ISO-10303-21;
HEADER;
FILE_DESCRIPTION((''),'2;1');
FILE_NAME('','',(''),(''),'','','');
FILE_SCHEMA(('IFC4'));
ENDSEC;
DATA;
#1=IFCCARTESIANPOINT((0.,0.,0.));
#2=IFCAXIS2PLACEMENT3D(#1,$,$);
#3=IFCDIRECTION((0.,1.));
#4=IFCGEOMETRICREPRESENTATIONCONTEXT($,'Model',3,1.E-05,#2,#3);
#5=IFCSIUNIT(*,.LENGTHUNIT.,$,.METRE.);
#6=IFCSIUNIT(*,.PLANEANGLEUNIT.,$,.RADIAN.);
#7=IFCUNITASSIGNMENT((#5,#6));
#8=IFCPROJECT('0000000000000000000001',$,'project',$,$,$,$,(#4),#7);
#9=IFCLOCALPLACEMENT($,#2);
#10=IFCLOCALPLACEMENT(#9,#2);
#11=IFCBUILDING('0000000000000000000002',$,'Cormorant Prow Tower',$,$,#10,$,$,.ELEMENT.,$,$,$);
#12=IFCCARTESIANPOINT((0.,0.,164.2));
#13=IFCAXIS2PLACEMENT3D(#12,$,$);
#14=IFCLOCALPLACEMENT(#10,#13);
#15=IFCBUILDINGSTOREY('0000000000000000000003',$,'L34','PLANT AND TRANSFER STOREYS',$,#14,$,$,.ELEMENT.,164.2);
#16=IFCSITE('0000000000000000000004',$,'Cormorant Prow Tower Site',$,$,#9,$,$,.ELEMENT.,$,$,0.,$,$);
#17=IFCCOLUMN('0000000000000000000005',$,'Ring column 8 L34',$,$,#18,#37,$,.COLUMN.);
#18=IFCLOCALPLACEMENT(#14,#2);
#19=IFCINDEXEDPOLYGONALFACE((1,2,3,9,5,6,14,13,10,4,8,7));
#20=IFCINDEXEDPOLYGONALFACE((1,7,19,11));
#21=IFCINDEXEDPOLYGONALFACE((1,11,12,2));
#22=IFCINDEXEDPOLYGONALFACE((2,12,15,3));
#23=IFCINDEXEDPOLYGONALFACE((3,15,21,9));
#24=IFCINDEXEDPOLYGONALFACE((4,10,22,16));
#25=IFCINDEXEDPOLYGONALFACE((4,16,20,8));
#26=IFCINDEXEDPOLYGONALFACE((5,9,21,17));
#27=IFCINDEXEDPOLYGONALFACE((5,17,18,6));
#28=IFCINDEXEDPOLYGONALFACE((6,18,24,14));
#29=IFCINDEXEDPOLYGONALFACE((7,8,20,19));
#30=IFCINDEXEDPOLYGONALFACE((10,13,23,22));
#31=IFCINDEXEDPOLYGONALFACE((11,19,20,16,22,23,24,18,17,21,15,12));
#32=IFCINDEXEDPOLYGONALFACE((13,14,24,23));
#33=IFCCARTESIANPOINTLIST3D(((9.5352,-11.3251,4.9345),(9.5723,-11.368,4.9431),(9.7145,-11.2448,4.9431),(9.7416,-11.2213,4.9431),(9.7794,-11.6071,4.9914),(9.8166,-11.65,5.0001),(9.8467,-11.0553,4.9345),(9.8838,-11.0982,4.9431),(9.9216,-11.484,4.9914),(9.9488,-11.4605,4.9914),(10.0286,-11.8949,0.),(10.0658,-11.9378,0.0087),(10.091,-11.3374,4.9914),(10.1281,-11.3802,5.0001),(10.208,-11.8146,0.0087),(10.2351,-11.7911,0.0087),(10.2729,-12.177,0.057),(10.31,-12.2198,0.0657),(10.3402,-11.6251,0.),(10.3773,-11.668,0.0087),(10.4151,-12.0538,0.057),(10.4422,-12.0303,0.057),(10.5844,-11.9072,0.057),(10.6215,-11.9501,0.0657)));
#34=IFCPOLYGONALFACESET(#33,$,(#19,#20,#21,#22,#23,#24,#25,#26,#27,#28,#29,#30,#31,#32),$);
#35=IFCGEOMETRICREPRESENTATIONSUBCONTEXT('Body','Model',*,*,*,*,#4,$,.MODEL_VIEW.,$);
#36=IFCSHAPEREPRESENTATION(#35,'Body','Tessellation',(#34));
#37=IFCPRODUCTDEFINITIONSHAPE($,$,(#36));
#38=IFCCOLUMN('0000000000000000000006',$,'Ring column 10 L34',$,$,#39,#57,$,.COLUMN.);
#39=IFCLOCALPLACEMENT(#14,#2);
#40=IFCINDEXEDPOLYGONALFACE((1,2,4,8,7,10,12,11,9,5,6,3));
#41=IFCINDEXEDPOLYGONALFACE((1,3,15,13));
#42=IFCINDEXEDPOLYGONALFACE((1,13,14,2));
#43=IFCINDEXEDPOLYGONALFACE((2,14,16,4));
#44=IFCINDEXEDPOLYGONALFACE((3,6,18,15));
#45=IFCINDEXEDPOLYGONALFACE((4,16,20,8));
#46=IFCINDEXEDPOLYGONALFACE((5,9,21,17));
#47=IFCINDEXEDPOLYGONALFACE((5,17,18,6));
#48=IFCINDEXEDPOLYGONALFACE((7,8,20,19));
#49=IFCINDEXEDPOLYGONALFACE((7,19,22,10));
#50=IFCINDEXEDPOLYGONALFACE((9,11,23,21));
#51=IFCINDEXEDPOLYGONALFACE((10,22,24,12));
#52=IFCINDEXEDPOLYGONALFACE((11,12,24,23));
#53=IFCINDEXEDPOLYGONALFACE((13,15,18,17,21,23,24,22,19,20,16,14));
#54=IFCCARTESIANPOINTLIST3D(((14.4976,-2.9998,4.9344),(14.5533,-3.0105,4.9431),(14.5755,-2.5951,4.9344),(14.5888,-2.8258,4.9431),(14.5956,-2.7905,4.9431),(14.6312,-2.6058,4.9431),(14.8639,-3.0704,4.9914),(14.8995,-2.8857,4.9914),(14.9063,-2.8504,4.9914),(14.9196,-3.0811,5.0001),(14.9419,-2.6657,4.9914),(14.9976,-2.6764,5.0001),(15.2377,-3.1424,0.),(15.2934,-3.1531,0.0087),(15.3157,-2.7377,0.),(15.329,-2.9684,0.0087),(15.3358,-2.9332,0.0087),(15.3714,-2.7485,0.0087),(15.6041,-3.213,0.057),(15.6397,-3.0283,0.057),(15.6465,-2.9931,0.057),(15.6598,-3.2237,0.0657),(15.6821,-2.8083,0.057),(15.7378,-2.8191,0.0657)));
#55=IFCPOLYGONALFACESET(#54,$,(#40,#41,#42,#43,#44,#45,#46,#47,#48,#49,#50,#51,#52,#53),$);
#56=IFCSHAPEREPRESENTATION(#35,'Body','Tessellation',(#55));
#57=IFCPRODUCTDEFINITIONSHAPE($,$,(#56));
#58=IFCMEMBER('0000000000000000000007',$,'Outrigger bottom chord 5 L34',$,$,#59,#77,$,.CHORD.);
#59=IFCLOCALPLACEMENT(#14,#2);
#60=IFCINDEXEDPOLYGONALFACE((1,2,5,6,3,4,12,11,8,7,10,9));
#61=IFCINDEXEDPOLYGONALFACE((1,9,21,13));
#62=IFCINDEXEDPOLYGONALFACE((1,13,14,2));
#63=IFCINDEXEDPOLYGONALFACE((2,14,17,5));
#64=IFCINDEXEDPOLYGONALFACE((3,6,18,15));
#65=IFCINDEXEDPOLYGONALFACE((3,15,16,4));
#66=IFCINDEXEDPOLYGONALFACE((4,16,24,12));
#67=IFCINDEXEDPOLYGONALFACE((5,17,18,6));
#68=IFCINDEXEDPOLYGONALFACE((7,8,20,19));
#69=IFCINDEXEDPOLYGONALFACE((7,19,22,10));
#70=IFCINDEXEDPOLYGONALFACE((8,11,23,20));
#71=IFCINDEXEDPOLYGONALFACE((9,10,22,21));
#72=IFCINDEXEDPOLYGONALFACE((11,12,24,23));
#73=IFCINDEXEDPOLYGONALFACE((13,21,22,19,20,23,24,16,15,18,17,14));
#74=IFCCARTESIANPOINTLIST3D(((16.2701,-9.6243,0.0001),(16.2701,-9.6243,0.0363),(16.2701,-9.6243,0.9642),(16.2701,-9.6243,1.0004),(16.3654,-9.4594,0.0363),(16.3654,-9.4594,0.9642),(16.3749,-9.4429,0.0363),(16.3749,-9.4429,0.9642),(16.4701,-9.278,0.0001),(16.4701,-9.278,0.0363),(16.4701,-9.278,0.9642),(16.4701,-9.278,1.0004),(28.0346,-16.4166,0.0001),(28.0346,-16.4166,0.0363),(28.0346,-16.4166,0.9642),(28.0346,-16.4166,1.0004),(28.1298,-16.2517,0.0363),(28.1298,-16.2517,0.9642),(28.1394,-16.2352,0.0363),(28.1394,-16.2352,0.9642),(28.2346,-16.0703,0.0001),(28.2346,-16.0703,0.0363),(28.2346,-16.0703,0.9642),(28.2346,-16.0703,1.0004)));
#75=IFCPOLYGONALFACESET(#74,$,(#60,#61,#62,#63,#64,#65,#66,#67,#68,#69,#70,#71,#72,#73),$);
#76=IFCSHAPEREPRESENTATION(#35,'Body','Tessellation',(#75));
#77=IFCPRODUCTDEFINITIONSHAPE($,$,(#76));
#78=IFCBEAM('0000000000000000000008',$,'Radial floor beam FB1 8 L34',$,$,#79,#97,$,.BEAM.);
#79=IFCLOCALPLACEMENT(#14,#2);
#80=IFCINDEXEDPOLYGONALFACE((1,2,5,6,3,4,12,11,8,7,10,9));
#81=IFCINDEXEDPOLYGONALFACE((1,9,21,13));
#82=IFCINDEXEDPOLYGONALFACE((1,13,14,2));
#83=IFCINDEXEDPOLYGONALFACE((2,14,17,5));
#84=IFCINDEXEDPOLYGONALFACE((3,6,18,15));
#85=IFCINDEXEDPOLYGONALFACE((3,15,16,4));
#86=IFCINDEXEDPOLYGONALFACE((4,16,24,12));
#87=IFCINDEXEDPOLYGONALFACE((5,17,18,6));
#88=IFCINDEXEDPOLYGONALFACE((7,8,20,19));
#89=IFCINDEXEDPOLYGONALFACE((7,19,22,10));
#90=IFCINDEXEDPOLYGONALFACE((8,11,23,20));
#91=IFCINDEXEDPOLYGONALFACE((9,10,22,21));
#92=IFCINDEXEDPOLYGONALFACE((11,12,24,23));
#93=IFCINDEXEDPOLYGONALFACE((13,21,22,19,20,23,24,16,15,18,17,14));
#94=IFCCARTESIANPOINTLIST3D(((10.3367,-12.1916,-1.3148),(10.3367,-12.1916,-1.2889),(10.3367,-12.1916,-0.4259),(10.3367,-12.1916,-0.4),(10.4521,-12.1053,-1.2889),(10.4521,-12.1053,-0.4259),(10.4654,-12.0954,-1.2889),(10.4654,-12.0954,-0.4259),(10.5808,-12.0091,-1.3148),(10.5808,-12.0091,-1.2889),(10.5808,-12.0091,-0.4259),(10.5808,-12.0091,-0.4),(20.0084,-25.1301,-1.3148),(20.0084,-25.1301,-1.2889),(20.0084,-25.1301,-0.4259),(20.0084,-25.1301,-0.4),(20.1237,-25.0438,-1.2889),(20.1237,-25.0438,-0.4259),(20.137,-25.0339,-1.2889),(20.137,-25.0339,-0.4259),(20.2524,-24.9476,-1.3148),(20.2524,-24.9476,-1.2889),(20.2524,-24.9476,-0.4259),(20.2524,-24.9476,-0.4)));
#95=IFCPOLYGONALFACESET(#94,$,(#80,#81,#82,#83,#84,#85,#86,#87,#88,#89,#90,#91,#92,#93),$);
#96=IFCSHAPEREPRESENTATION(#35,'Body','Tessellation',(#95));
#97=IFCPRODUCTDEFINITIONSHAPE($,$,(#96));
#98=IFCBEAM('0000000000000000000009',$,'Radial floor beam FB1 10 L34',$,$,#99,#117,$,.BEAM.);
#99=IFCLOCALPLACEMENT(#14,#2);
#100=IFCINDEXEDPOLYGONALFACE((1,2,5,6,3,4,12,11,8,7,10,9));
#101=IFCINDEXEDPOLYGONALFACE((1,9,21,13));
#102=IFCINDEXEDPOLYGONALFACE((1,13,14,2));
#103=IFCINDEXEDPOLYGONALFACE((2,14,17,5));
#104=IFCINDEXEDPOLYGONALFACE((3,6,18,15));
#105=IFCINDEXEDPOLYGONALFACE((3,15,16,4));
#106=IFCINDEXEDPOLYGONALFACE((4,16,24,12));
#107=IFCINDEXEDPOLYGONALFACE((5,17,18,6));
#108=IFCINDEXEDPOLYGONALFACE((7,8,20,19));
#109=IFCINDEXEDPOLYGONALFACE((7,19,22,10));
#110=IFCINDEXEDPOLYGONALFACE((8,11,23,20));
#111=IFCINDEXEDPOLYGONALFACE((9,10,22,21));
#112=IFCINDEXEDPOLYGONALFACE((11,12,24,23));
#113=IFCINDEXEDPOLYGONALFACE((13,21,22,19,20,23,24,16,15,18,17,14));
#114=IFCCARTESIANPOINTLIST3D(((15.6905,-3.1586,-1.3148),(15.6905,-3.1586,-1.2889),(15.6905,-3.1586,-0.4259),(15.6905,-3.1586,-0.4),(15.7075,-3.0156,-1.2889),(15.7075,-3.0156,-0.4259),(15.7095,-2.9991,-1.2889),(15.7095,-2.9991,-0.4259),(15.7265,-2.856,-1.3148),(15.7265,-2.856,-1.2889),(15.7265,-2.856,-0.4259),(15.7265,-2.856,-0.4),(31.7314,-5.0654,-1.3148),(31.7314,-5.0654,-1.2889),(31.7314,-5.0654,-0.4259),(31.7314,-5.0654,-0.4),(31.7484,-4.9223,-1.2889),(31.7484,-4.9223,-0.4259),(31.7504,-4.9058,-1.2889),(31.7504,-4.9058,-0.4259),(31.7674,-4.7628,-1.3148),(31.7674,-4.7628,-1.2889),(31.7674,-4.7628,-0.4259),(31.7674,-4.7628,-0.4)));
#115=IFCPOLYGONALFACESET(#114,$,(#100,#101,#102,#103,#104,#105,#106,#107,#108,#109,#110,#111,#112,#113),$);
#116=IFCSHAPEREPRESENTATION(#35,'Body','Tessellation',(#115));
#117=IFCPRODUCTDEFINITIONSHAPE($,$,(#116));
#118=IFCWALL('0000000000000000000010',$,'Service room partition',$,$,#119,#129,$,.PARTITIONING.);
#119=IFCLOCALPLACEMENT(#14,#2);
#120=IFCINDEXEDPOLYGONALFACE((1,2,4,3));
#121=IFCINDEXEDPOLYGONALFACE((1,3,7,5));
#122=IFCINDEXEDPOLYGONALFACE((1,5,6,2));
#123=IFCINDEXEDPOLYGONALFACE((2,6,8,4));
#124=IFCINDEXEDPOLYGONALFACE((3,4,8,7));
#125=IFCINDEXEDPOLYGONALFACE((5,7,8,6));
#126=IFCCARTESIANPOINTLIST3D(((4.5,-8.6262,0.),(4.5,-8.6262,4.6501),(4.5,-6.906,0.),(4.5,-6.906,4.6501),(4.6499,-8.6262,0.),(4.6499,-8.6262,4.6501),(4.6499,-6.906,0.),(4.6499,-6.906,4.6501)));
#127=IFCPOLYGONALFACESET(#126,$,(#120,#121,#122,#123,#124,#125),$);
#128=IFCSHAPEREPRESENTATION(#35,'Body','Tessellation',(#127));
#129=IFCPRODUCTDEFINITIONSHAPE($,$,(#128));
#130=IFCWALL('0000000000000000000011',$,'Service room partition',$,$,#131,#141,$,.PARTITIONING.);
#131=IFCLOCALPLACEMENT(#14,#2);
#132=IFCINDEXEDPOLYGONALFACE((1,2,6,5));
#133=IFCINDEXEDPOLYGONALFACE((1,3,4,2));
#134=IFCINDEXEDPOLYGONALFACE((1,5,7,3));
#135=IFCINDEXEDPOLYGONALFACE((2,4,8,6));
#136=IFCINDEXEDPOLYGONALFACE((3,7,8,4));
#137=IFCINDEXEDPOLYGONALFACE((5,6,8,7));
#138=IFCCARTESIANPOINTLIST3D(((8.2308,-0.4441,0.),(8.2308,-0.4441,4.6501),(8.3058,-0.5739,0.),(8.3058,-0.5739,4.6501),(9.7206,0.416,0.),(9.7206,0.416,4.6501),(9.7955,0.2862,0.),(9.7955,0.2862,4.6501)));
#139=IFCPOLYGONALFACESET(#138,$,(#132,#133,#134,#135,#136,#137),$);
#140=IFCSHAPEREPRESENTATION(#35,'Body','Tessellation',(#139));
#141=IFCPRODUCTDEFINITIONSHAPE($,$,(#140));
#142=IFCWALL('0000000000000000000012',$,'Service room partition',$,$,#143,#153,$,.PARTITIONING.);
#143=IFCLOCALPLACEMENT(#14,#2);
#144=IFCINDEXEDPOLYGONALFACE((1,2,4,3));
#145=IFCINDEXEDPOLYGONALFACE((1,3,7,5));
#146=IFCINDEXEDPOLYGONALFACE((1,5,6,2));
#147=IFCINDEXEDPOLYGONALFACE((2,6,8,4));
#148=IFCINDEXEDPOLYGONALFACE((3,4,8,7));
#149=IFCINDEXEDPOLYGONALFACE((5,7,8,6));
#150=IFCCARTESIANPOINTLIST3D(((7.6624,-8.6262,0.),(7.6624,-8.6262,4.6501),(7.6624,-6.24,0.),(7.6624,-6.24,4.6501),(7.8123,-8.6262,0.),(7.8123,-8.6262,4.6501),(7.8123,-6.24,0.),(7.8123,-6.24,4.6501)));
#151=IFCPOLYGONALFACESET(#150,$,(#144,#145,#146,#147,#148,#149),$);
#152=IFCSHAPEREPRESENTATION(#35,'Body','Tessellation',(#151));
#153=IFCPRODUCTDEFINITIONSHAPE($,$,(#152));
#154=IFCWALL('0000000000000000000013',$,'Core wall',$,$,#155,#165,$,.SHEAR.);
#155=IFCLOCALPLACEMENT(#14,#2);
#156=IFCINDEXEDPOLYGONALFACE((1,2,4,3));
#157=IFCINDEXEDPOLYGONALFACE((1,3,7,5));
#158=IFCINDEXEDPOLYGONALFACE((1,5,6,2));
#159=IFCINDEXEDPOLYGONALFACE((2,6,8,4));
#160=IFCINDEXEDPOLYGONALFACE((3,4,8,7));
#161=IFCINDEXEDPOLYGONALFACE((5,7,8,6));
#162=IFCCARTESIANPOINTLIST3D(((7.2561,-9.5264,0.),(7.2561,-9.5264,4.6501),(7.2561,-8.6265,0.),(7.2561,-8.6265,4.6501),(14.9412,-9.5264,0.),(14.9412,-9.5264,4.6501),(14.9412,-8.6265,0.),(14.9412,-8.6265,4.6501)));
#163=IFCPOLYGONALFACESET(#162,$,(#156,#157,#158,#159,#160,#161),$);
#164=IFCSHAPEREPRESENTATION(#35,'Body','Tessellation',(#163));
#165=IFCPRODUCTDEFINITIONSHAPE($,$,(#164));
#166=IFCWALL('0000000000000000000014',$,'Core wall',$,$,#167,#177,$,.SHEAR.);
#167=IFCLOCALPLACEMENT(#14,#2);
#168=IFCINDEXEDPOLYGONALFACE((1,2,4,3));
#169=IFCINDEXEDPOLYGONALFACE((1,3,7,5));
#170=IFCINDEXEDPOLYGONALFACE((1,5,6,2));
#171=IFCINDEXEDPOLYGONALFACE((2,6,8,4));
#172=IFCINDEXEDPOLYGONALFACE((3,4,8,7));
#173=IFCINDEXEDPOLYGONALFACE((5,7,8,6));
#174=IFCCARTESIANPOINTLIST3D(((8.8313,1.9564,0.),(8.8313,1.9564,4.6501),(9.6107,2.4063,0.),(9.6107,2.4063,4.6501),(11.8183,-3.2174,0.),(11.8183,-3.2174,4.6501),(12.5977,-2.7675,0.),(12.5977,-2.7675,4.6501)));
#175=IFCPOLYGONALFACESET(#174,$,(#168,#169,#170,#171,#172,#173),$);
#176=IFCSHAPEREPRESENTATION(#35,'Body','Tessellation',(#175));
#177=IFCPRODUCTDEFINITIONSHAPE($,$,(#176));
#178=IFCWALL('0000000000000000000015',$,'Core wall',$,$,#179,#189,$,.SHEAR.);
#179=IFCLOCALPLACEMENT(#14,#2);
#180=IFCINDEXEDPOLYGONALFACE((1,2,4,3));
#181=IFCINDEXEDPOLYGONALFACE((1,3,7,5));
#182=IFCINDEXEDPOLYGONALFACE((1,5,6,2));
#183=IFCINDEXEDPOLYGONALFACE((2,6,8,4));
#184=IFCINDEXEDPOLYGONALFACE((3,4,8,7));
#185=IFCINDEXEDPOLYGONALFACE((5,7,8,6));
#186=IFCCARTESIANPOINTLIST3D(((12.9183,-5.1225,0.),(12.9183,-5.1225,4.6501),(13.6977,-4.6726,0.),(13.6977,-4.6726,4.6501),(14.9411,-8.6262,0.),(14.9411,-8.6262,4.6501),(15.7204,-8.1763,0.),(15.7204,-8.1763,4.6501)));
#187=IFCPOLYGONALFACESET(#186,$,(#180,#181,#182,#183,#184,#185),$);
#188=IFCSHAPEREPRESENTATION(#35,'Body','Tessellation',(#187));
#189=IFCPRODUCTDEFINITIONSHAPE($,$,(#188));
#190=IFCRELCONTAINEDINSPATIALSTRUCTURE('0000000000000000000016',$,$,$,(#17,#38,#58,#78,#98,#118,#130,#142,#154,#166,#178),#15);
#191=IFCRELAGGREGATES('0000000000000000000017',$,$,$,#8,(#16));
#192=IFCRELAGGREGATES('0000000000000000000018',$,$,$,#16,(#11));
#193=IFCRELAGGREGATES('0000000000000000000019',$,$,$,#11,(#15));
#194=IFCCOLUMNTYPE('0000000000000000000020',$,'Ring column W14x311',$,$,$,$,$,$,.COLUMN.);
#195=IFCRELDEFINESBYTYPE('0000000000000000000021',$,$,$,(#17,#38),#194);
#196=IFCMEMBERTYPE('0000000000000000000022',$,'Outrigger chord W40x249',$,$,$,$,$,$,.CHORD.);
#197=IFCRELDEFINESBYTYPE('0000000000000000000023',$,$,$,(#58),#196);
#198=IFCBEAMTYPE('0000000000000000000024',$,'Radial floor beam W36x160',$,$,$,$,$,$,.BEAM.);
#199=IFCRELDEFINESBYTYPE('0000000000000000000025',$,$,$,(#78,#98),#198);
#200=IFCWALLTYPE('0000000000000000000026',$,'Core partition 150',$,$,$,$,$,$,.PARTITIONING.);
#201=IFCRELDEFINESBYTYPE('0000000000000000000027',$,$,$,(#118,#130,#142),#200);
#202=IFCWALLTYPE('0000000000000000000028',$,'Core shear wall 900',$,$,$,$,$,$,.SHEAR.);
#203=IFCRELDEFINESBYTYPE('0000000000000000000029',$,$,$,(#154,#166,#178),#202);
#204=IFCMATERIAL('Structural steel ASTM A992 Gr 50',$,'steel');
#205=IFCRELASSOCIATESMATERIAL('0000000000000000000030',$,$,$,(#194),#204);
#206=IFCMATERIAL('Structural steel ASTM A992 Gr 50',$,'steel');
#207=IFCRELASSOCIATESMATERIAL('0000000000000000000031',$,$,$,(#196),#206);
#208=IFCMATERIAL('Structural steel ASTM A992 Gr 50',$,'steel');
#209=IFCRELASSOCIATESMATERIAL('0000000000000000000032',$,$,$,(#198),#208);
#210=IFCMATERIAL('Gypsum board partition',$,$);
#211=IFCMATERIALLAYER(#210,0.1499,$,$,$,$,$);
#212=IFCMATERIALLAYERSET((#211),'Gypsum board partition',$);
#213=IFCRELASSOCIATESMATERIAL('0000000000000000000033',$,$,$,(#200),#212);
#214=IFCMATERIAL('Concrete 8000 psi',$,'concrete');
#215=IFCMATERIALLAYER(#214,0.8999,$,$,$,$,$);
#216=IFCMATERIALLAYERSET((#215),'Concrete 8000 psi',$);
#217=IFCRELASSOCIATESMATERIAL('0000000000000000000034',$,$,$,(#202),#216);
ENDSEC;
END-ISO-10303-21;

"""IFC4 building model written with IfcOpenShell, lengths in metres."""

from ifc_helpers import new_model, si_unit, direction, frame, frame_2d, origin, origin_2d, place, context, subcontext, project, spatial, rectangle, i_section, extrude, material, layer, layer_set, material_profile, profile_set, type_object, element, save


model = new_model("IFC4")

# Units and contexts
model_context = context("Model", 3, precision=1e-05, world=origin(), true_north=direction((0.0, 1.0)))
body_context = subcontext(model_context, "Body", "Model", "MODEL_VIEW")
ifc_project = project(units=[si_unit("LENGTHUNIT", "METRE"), si_unit("PLANEANGLEUNIT", "RADIAN")], contexts=[model_context])

# Site, building, storey
site_placement = place(None, origin())
site = spatial("IfcSite", under=ifc_project, at=site_placement, Name="Cormorant Prow Tower Site", CompositionType="ELEMENT", RefElevation=0.0)
building_placement = place(site_placement, origin())
building = spatial("IfcBuilding", under=site, at=building_placement, Name="Cormorant Prow Tower", CompositionType="ELEMENT")
storey_placement = place(building_placement, frame((0.0, 0.0, 164.2)))
storey = spatial("IfcBuildingStorey", under=building, at=storey_placement, Name="L34", Description="PLANT AND TRANSFER STOREYS", CompositionType="ELEMENT", Elevation=164.2)

# Columns
ifc_material_1 = material(Name="Structural steel ASTM A992 Gr 50", Category="steel")
ifc_material_profile_1 = material_profile(ifc_material_1, i_section(OverallWidth=0.4121, OverallDepth=0.4348, WebThickness=0.0359, FlangeThickness=0.0574, at=origin_2d()), Name="W14x311")
ifc_profile_set_1 = profile_set([ifc_material_profile_1], Name="Structural steel ASTM A992 Gr 50")
column_type = type_object("IfcColumnType", Name="Ring column W14x311", PredefinedType="COLUMN", material=ifc_profile_set_1)
for number, where, z_axis, x_axis, name in (
    (1, (10.3284, -11.9263, 0.0), (-0.098853, 0.114154, 0.988533), (-0.755953, -0.654626, 0.0), "Ring column 8 L34"),
    (2, (15.4927, -2.9817, 0.0), (-0.14828, 0.028575, 0.988533), (-0.189227, -0.981933, 0.0), "Ring column 10 L34"),
):
    element("IfcColumn", number, at=place(storey_placement, frame(where, z_axis=z_axis, x_axis=x_axis)), inside=storey, type_object=column_type, Name=name, PredefinedType="COLUMN", context=body_context, shape_type="SweptSolid", body=[
        extrude(i_section(OverallWidth=0.4121, OverallDepth=0.4348, WebThickness=0.0359, FlangeThickness=0.0574, at=origin_2d()), frame((0.0, 0.0, 0.0332)), (0.0, 0.0, 1.0), 4.9917),
    ])

# Member
ifc_material_2 = material(Name="Structural steel ASTM A992 Gr 50", Category="steel")
ifc_material_profile_2 = material_profile(ifc_material_2, i_section(OverallWidth=0.3999, OverallDepth=1.0002, WebThickness=0.019, FlangeThickness=0.0361, at=origin_2d()), Name="W40x249")
ifc_profile_set_2 = profile_set([ifc_material_profile_2], Name="Structural steel ASTM A992 Gr 50")
member_type = type_object("IfcMemberType", Name="Outrigger chord W40x249", PredefinedType="CHORD", material=ifc_profile_set_2)
member_placement = place(storey_placement, frame((16.3701, -9.4512, 0.5002), z_axis=(0.866024, -0.500003, 0.0), x_axis=(0.500003, 0.866024, 0.0)))
element("IfcMember", 3, at=member_placement, inside=storey, type_object=member_type, Name="Outrigger bottom chord 5 L34", PredefinedType="CHORD", context=body_context, shape_type="SweptSolid", body=[
    extrude(i_section(OverallWidth=0.3999, OverallDepth=1.0002, WebThickness=0.019, FlangeThickness=0.0361, at=origin_2d()), origin(), (0.0, 0.0, 1.0), 13.5845),
])

# Beams
ifc_material_3 = material(Name="Structural steel ASTM A992 Gr 50", Category="steel")
ifc_material_profile_3 = material_profile(ifc_material_3, i_section(OverallWidth=0.3047, OverallDepth=0.9148, WebThickness=0.0166, FlangeThickness=0.0259, at=origin_2d()), Name="W36x160")
ifc_profile_set_3 = profile_set([ifc_material_profile_3], Name="Structural steel ASTM A992 Gr 50")
beam_type = type_object("IfcBeamType", Name="Radial floor beam W36x160", PredefinedType="BEAM", material=ifc_profile_set_3)
for number, where, z_axis, x_axis, name in (
    (4, (10.4587, -12.1003, -0.8574), (0.598722, -0.800957, 0.0), (0.800957, 0.598722, 0.0), "Radial floor beam FB1 8 L34"),
    (5, (15.7085, -3.0073, -0.8574), (0.993009, -0.118037, 0.0), (0.118037, 0.993009, 0.0), "Radial floor beam FB1 10 L34"),
):
    element("IfcBeam", number, at=place(storey_placement, frame(where, z_axis=z_axis, x_axis=x_axis)), inside=storey, type_object=beam_type, Name=name, PredefinedType="BEAM", context=body_context, shape_type="SweptSolid", body=[
        extrude(i_section(OverallWidth=0.3047, OverallDepth=0.9148, WebThickness=0.0166, FlangeThickness=0.0259, at=origin_2d()), origin(), (0.0, 0.0, 1.0), 16.1538),
    ])

# Walls
ifc_material_4 = material(Name="Gypsum board partition")
ifc_layer_1 = layer(ifc_material_4, 0.1499)
ifc_layer_set_1 = layer_set([ifc_layer_1], Name="Gypsum board partition")
wall_type_1 = type_object("IfcWallType", Name="Core partition 150", PredefinedType="PARTITIONING", material=ifc_layer_set_1)
for number, where, z_axis, x_axis, name in (
    (6, (4.575, -6.906, 0.0), (0.0, 0.0, 1.0), (0.0, -1.0, 0.0), "Service room partition"),
    (7, (8.2683, -0.509, 0.0), (0.0, 0.0, 1.0), (0.866025, 0.500001, 0.0), "Service room partition"),
):
    element("IfcWall", number, at=place(storey_placement, frame(where, z_axis=z_axis, x_axis=x_axis)), inside=storey, type_object=wall_type_1, Name=name, PredefinedType="PARTITIONING", context=body_context, shape_type="SweptSolid", body=[
        extrude(rectangle(XDim=1.7202, YDim=0.1499, at=frame_2d((0.8601, 0.0))), origin(), (0.0, 0.0, 1.0), 4.6501),
    ])
wall_1_placement = place(storey_placement, frame((7.7373, -8.6262, 0.0), z_axis=(0.0, 0.0, 1.0), x_axis=(0.0, 1.0, 0.0)))
element("IfcWall", 8, at=wall_1_placement, inside=storey, type_object=wall_type_1, Name="Service room partition", PredefinedType="PARTITIONING", context=body_context, shape_type="SweptSolid", body=[
    extrude(rectangle(XDim=2.3862, YDim=0.1499, at=frame_2d((1.1931, 0.0))), origin(), (0.0, 0.0, 1.0), 4.6501),
])
ifc_material_5 = material(Name="Concrete 8000 psi", Category="concrete")
ifc_layer_2 = layer(ifc_material_5, 0.8999)
ifc_layer_set_2 = layer_set([ifc_layer_2], Name="Concrete 8000 psi")
wall_type_2 = type_object("IfcWallType", Name="Core shear wall 900", PredefinedType="SHEAR", material=ifc_layer_set_2)
wall_2_placement = place(storey_placement, frame((7.2561, -9.0764, 0.0), z_axis=(0.0, 0.0, 1.0), x_axis=(1.0, 0.0, 0.0)))
element("IfcWall", 9, at=wall_2_placement, inside=storey, type_object=wall_type_2, Name="Core wall", PredefinedType="SHEAR", context=body_context, shape_type="SweptSolid", body=[
    extrude(rectangle(XDim=7.6851, YDim=0.8999, at=frame_2d((3.8425, 0.0))), origin(), (0.0, 0.0, 1.0), 4.6501),
])
wall_3_placement = place(storey_placement, frame((12.208, -2.9924, 0.0), z_axis=(0.0, 0.0, 1.0), x_axis=(-0.499994, 0.866029, 0.0)))
element("IfcWall", 10, at=wall_3_placement, inside=storey, type_object=wall_type_2, Name="Core wall", PredefinedType="SHEAR", context=body_context, shape_type="SweptSolid", body=[
    extrude(rectangle(XDim=5.9741, YDim=0.8999, at=frame_2d((2.9871, 0.0))), origin(), (0.0, 0.0, 1.0), 4.6501),
])
wall_4_placement = place(storey_placement, frame((15.3308, -8.4014, 0.0), z_axis=(0.0, 0.0, 1.0), x_axis=(-0.499975, 0.86604, 0.0)))
element("IfcWall", 11, at=wall_4_placement, inside=storey, type_object=wall_type_2, Name="Core wall", PredefinedType="SHEAR", context=body_context, shape_type="SweptSolid", body=[
    extrude(rectangle(XDim=4.0457, YDim=0.8999, at=frame_2d((2.0229, 0.0))), origin(), (0.0, 0.0, 1.0), 4.6501),
])

save(model, "model.ifc")
